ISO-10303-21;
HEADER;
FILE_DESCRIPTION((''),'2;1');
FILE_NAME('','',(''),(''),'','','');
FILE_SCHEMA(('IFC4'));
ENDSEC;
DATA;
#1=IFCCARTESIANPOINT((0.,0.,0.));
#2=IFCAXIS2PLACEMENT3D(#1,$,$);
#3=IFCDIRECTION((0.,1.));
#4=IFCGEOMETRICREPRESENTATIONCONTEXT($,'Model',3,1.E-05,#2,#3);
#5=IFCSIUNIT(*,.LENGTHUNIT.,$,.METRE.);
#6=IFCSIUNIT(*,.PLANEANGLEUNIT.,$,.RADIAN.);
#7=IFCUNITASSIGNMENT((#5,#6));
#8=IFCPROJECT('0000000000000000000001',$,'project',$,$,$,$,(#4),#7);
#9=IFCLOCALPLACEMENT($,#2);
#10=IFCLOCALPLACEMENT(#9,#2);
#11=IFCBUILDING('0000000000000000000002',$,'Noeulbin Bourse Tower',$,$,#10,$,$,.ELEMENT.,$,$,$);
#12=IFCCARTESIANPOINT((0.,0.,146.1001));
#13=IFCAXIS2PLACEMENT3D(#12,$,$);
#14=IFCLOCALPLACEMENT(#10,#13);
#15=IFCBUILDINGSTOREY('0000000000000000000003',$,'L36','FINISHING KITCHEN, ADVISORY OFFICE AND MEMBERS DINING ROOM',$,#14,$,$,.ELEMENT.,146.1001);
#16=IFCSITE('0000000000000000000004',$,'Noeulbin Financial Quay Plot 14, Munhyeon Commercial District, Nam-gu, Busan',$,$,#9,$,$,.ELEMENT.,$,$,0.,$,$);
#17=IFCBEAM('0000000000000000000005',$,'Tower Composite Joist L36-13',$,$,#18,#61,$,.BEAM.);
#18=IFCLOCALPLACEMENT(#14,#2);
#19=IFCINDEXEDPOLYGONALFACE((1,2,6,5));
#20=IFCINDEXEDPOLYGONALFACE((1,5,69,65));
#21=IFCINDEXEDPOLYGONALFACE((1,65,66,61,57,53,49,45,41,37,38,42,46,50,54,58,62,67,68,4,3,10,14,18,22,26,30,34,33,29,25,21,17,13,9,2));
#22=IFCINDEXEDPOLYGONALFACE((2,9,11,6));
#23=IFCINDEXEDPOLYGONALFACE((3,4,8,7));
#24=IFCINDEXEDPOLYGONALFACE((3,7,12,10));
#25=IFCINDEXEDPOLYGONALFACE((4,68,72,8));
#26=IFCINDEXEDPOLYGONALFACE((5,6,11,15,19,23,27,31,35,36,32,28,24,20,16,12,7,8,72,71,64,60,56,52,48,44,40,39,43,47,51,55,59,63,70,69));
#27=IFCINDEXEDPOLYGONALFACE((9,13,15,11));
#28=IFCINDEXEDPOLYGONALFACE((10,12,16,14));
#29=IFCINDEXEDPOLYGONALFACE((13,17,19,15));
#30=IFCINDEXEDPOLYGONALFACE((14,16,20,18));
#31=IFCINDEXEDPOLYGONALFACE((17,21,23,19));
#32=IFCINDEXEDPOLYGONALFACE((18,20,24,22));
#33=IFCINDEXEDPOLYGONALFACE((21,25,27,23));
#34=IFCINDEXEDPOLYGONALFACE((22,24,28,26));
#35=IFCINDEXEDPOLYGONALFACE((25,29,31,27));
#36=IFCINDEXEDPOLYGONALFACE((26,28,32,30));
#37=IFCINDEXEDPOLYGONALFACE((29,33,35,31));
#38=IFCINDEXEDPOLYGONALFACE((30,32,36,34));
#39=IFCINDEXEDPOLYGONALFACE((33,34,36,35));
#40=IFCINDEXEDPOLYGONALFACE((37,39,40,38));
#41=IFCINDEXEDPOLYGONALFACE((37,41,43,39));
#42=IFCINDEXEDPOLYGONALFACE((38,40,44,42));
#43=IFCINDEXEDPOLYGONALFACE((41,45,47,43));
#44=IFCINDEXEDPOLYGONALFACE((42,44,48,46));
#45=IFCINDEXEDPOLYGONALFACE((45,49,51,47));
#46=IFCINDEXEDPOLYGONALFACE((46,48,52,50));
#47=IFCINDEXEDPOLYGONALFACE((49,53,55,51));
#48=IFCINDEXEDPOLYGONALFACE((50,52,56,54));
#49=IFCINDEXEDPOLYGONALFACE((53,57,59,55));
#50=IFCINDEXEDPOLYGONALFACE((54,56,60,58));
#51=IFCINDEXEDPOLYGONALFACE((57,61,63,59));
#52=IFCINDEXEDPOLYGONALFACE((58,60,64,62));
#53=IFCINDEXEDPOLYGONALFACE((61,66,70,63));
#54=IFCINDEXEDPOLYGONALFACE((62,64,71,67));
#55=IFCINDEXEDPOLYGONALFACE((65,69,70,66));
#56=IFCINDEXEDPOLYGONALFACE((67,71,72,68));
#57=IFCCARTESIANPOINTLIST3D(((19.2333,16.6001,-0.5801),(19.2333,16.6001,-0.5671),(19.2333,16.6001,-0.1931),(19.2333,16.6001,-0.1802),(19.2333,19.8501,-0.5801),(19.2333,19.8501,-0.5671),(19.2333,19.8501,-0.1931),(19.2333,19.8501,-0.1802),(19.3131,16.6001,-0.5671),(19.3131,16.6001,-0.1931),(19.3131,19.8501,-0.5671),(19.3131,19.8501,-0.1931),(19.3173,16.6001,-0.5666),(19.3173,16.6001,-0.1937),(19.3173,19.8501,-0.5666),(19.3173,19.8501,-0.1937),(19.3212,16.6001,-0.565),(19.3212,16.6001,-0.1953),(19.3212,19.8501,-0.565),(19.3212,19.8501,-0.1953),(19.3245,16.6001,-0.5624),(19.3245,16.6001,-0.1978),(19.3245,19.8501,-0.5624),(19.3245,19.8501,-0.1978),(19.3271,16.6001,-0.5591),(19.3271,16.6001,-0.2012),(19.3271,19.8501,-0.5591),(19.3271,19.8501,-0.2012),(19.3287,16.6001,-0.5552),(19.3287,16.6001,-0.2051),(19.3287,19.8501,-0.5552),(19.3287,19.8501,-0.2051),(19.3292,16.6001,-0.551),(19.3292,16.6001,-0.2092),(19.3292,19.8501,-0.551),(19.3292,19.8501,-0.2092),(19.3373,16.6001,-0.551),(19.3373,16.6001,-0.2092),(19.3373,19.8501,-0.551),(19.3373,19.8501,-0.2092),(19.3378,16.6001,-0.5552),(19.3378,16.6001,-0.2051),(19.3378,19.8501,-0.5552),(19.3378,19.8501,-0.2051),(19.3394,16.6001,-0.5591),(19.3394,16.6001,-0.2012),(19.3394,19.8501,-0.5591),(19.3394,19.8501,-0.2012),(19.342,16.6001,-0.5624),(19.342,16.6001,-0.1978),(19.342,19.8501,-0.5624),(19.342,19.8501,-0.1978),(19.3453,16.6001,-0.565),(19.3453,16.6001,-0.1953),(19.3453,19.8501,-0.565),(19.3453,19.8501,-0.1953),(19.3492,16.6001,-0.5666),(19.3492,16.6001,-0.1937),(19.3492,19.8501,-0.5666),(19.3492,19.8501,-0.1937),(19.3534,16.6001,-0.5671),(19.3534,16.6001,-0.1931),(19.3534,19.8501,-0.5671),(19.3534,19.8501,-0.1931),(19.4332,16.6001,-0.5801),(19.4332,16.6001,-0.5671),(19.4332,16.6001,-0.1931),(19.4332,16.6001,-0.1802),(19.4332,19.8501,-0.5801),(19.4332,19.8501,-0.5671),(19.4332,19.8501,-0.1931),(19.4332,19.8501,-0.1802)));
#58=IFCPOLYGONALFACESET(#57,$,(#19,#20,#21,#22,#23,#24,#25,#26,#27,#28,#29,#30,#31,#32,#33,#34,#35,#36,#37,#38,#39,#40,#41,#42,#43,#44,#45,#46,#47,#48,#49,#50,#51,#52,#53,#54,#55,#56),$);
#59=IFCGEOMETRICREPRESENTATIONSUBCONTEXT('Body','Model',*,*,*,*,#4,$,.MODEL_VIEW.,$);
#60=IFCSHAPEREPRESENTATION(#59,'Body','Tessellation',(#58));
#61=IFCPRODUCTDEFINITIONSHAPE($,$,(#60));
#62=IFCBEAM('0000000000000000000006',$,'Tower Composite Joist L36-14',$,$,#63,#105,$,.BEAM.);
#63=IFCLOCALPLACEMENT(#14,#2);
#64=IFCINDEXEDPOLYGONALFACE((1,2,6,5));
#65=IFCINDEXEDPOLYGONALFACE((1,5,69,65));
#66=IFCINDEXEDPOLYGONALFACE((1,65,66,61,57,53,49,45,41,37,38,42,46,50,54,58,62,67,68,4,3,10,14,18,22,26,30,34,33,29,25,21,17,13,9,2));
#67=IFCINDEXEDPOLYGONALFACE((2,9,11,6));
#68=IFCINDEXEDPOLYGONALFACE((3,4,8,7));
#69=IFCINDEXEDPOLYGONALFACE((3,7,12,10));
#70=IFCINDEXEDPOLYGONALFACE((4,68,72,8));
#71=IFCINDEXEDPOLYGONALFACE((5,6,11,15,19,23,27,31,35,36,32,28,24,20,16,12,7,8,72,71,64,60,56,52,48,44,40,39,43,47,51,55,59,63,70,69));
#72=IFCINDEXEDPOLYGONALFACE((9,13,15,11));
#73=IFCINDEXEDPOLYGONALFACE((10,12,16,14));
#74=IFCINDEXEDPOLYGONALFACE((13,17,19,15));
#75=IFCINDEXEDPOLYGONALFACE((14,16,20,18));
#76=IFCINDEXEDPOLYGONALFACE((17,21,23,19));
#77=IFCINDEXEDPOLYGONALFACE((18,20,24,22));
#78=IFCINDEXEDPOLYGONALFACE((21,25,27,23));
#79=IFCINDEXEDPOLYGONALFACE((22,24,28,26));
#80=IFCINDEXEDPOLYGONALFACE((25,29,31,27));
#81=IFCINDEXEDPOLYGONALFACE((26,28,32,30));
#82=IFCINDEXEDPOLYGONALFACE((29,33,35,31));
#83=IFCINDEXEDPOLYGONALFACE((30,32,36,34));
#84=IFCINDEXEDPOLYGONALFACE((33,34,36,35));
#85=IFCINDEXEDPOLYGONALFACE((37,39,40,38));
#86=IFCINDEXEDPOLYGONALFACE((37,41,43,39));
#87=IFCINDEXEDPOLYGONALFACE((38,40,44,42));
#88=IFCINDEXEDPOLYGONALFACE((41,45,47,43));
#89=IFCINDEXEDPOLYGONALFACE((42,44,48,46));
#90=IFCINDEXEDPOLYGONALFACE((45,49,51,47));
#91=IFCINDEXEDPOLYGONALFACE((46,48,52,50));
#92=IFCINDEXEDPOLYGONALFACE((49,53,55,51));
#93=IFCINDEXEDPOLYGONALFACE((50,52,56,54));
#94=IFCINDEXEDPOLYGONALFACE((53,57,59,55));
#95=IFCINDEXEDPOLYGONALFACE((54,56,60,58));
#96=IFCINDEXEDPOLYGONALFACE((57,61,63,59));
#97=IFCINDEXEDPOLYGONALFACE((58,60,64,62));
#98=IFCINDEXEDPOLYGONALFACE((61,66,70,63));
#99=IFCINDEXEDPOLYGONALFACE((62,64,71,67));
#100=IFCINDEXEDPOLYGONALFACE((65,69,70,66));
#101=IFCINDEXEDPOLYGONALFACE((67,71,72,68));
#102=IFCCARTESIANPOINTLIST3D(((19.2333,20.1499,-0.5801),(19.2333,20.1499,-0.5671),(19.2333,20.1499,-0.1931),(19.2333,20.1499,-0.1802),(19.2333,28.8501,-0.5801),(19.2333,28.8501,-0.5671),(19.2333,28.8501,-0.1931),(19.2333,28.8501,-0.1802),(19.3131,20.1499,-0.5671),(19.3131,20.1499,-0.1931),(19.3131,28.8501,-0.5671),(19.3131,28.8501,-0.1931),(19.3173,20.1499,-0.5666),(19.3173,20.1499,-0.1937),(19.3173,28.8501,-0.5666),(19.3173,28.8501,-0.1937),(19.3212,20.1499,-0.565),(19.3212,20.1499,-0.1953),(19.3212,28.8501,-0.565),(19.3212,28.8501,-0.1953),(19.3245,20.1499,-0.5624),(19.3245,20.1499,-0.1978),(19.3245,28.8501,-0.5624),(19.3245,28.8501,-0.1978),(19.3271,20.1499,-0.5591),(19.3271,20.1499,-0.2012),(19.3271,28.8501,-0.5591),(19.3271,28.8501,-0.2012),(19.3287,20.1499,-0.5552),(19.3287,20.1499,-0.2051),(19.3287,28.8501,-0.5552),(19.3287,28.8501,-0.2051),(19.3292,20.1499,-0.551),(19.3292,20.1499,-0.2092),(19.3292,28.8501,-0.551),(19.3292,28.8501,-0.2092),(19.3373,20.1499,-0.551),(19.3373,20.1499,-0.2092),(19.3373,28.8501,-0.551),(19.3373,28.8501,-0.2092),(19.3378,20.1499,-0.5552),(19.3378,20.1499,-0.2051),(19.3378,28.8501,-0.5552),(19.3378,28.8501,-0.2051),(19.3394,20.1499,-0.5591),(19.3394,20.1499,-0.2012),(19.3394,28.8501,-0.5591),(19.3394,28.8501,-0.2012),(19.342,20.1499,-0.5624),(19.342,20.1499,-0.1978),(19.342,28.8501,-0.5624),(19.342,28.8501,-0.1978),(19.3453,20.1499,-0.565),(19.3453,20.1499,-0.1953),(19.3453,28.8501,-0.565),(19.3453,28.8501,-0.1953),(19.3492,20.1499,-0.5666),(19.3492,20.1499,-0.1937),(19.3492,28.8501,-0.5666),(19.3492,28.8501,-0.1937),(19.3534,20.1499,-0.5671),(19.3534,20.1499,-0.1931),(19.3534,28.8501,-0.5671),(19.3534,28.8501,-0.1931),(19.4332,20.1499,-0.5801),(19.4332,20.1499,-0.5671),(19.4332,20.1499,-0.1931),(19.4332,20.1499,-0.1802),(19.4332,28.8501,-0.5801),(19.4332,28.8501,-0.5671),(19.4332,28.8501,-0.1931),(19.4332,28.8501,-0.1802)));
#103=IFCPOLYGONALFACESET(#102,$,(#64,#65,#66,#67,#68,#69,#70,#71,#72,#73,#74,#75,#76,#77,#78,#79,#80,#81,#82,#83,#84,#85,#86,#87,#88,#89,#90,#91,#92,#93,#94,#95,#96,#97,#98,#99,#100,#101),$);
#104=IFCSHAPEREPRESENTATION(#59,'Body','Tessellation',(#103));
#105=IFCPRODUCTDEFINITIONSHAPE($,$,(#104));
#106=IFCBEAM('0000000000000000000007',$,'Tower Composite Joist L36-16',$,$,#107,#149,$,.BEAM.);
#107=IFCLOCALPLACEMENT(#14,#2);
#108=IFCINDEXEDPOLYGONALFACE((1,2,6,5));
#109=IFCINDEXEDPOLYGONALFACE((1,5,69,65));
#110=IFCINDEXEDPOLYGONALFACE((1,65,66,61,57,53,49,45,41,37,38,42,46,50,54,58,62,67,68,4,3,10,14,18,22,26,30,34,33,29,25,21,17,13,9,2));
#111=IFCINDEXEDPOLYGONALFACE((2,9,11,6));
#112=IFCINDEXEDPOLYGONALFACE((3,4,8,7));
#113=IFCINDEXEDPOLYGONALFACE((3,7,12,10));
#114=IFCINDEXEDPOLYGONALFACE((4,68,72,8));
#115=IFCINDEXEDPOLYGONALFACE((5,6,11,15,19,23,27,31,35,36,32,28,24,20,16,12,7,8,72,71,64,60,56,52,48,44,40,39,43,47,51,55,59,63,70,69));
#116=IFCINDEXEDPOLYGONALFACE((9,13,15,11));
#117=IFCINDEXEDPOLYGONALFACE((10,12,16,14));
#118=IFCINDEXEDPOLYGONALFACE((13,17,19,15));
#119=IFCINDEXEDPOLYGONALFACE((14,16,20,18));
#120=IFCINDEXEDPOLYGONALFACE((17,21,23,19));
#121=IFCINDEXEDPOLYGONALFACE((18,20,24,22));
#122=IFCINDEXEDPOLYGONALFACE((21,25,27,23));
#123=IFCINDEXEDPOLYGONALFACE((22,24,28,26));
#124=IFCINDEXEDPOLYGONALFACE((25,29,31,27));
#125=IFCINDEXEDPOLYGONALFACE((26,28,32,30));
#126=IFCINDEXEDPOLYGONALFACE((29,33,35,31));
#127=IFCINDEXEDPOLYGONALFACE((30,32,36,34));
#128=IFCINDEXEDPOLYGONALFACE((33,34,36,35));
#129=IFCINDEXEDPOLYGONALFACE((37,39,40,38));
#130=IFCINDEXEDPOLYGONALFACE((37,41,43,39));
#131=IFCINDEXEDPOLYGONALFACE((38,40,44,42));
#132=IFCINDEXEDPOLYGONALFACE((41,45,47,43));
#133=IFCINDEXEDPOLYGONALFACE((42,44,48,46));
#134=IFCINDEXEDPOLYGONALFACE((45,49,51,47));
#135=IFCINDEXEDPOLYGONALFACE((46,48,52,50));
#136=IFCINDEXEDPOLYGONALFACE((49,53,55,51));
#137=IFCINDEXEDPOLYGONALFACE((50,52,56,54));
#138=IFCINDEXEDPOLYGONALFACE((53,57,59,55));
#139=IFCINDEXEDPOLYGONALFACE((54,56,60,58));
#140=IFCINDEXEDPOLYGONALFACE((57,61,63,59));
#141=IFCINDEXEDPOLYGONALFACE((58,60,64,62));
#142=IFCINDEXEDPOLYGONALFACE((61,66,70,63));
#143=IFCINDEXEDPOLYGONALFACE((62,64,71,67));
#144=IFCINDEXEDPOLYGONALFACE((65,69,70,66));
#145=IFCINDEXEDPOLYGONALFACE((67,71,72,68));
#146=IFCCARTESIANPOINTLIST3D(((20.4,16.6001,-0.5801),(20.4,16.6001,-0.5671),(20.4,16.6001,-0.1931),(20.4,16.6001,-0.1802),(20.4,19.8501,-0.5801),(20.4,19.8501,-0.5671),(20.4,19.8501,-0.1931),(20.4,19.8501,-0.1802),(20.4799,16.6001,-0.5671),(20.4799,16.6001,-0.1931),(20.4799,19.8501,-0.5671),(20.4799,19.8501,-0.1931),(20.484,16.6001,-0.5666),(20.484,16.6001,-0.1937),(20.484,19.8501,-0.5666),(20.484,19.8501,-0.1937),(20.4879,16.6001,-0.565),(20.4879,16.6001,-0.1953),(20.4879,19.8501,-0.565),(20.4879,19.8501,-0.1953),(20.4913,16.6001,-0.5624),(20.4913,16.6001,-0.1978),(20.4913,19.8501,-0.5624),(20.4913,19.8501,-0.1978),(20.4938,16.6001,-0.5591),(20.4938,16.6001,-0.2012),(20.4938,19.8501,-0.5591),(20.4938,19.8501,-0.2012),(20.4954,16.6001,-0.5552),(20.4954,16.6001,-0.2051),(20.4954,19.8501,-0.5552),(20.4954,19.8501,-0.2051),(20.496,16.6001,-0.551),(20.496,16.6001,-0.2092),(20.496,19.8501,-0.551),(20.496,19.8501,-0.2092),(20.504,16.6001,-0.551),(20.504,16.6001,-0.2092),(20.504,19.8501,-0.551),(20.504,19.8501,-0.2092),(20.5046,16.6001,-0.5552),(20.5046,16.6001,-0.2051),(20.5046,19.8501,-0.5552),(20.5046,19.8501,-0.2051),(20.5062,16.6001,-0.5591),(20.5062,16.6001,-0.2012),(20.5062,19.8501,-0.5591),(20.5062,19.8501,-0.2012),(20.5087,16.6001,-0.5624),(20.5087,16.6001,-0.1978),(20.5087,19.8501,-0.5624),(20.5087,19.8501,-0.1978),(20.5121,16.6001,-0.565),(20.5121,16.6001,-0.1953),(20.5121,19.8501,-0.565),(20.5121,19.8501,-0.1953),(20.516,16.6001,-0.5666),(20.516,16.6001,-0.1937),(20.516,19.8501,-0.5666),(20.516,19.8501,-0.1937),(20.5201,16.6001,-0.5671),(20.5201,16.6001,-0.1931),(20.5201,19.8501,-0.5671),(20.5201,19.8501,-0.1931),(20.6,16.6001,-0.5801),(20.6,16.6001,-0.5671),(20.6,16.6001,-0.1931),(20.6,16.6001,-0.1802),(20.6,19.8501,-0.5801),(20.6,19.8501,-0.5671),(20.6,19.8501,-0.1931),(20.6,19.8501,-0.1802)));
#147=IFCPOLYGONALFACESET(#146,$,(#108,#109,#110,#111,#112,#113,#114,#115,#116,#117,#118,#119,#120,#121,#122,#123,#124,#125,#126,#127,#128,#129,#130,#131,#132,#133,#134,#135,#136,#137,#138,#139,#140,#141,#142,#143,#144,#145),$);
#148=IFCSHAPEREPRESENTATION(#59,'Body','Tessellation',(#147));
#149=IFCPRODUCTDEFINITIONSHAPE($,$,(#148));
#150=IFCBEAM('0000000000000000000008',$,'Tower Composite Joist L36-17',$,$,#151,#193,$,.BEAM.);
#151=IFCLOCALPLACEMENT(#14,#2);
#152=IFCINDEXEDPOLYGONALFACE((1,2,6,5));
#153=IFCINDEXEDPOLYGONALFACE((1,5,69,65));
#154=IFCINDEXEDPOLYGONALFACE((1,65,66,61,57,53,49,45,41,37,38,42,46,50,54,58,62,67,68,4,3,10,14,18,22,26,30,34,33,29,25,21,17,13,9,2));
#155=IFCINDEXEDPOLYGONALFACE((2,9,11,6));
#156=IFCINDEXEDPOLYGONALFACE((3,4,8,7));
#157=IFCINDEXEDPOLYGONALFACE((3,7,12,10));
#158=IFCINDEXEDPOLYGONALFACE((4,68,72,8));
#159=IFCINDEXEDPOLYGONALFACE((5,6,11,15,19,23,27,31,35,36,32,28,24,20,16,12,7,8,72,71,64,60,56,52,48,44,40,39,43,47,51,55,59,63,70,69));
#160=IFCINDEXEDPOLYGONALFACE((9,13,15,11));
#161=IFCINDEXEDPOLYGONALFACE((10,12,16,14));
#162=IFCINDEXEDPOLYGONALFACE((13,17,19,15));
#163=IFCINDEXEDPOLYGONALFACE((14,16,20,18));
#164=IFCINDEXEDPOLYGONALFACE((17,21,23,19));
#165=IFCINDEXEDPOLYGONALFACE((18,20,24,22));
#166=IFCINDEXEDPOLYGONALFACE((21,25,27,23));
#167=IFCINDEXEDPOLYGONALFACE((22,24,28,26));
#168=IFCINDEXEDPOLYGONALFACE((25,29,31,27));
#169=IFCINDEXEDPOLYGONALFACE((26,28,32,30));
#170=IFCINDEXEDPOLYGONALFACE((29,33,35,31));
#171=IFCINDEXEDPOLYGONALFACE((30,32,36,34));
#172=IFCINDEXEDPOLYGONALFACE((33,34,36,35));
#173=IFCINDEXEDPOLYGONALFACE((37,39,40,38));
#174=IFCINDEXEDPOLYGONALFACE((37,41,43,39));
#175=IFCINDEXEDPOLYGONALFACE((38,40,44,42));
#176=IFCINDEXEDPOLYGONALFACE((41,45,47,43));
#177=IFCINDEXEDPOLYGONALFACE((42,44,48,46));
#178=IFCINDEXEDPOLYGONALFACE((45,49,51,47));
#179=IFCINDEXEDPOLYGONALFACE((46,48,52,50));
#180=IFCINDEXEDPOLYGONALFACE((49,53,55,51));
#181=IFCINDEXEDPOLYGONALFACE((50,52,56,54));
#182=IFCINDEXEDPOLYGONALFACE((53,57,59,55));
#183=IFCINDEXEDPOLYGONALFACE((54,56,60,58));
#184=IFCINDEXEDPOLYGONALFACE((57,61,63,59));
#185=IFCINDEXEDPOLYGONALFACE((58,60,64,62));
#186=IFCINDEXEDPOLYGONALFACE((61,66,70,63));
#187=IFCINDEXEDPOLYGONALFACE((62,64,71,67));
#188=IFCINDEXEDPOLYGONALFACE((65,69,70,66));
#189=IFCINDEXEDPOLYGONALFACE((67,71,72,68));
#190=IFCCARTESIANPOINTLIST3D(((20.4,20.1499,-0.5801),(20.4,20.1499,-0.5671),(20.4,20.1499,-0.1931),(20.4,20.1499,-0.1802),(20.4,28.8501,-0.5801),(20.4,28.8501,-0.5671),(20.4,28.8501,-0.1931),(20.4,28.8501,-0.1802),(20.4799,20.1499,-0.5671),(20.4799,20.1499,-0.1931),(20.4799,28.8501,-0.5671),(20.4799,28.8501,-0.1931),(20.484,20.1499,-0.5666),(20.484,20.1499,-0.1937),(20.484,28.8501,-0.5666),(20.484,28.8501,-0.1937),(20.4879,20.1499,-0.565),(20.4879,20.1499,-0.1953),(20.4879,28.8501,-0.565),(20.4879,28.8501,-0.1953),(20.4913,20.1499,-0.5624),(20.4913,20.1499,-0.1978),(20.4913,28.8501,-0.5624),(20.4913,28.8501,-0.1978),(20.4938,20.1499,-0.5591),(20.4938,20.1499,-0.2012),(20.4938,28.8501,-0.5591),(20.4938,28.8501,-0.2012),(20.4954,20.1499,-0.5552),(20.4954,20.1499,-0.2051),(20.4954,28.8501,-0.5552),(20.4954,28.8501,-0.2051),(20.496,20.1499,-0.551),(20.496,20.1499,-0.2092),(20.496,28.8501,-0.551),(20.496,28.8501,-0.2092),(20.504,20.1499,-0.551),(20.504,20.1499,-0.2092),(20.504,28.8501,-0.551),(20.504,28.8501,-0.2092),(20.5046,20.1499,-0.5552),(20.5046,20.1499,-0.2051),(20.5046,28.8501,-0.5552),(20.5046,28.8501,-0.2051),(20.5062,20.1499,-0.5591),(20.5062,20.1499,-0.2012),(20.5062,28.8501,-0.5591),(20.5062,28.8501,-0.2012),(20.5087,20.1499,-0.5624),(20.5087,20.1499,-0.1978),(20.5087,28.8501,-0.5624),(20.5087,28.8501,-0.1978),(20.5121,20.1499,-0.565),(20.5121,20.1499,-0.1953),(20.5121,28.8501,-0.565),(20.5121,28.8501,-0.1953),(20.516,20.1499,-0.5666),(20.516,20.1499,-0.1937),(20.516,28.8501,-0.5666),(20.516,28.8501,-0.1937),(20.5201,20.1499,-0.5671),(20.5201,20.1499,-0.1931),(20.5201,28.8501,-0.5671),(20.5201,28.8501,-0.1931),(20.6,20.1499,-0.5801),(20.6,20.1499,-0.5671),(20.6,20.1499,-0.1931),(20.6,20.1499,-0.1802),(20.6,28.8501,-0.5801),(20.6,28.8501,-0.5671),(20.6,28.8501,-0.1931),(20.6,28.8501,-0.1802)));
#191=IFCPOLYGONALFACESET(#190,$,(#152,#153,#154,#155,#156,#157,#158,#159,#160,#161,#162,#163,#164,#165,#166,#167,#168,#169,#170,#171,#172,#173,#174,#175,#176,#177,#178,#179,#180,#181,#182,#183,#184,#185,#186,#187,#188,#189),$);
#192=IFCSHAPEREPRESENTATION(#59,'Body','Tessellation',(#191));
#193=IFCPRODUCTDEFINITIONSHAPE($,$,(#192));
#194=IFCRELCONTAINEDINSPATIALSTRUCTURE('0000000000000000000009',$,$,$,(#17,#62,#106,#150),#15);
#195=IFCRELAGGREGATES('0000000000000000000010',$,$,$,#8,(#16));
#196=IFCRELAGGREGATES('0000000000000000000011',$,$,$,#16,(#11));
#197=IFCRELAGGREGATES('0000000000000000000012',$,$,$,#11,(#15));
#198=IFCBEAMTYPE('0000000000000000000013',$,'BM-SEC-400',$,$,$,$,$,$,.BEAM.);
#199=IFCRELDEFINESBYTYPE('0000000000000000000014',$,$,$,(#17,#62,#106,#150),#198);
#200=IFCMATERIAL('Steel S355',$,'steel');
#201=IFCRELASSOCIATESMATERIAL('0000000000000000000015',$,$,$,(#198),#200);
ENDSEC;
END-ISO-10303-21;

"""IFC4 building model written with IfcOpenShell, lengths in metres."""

from ifc_helpers import new_model, si_unit, direction, frame, origin, origin_2d, place, context, subcontext, project, spatial, i_section, extrude, material, material_profile, profile_set, type_object, element, save


model = new_model("IFC4")

# Units and contexts
model_context = context("Model", 3, precision=1e-05, world=origin(), true_north=direction((0.0, 1.0)))
body_context = subcontext(model_context, "Body", "Model", "MODEL_VIEW")
ifc_project = project(units=[si_unit("LENGTHUNIT", "METRE"), si_unit("PLANEANGLEUNIT", "RADIAN")], contexts=[model_context])

# Site, building, storey
site_placement = place(None, origin())
site = spatial("IfcSite", under=ifc_project, at=site_placement, Name="Noeulbin Financial Quay Plot 14, Munhyeon Commercial District, Nam-gu, Busan", CompositionType="ELEMENT", RefElevation=0.0)
building_placement = place(site_placement, origin())
building = spatial("IfcBuilding", under=site, at=building_placement, Name="Noeulbin Bourse Tower", CompositionType="ELEMENT")
storey_placement = place(building_placement, frame((0.0, 0.0, 146.1001)))
storey = spatial("IfcBuildingStorey", under=building, at=storey_placement, Name="L36", Description="FINISHING KITCHEN, ADVISORY OFFICE AND MEMBERS DINING ROOM", CompositionType="ELEMENT", Elevation=146.1001)

# Shared definitions
ifc_material_1 = material(Name="Steel S355", Category="steel")

# Beams
ifc_material_profile_1 = material_profile(ifc_material_1, i_section(OverallWidth=0.2, OverallDepth=0.3999, WebThickness=0.0081, FlangeThickness=0.0129, FilletRadius=0.0161, at=origin_2d()), Name="H-400x200x8x13", Category="LoadBearing")
ifc_profile_set_1 = profile_set([ifc_material_profile_1], Name="Steel S355")
beam_type_1 = type_object("IfcBeamType", Name="BM-SEC-400", PredefinedType="BEAM", material=ifc_profile_set_1)
beam_1_placement = place(storey_placement, frame((19.3333, 16.6001, -0.3801), z_axis=(0.0, 1.0, 0.0), x_axis=(-1.0, 0.0, 0.0)))
element("IfcBeam", 1, at=beam_1_placement, inside=storey, type_object=beam_type_1, Name="Tower Composite Joist L36-13", PredefinedType="BEAM", context=body_context, shape_type="SweptSolid", body=[
    extrude(i_section(OverallWidth=0.2, OverallDepth=0.3999, WebThickness=0.0081, FlangeThickness=0.0129, FilletRadius=0.0161, at=origin_2d()), origin(), (0.0, 0.0, 1.0), 3.25),
])
beam_2_placement = place(storey_placement, frame((19.3333, 20.1499, -0.3801), z_axis=(0.0, 1.0, 0.0), x_axis=(-1.0, 0.0, 0.0)))
element("IfcBeam", 2, at=beam_2_placement, inside=storey, type_object=beam_type_1, Name="Tower Composite Joist L36-14", PredefinedType="BEAM", context=body_context, shape_type="SweptSolid", body=[
    extrude(i_section(OverallWidth=0.2, OverallDepth=0.3999, WebThickness=0.0081, FlangeThickness=0.0129, FilletRadius=0.0161, at=origin_2d()), origin(), (0.0, 0.0, 1.0), 8.7002),
])
beam_3_placement = place(storey_placement, frame((20.5, 16.6001, -0.3801), z_axis=(0.0, 1.0, 0.0), x_axis=(-1.0, 0.0, 0.0)))
element("IfcBeam", 3, at=beam_3_placement, inside=storey, type_object=beam_type_1, Name="Tower Composite Joist L36-16", PredefinedType="BEAM", context=body_context, shape_type="SweptSolid", body=[
    extrude(i_section(OverallWidth=0.2, OverallDepth=0.3999, WebThickness=0.0081, FlangeThickness=0.0129, FilletRadius=0.0161, at=origin_2d()), origin(), (0.0, 0.0, 1.0), 3.25),
])
beam_4_placement = place(storey_placement, frame((20.5, 20.1499, -0.3801), z_axis=(0.0, 1.0, 0.0), x_axis=(-1.0, 0.0, 0.0)))
element("IfcBeam", 4, at=beam_4_placement, inside=storey, type_object=beam_type_1, Name="Tower Composite Joist L36-17", PredefinedType="BEAM", context=body_context, shape_type="SweptSolid", body=[
    extrude(i_section(OverallWidth=0.2, OverallDepth=0.3999, WebThickness=0.0081, FlangeThickness=0.0129, FilletRadius=0.0161, at=origin_2d()), origin(), (0.0, 0.0, 1.0), 8.7002),
])

save(model, "model.ifc")
